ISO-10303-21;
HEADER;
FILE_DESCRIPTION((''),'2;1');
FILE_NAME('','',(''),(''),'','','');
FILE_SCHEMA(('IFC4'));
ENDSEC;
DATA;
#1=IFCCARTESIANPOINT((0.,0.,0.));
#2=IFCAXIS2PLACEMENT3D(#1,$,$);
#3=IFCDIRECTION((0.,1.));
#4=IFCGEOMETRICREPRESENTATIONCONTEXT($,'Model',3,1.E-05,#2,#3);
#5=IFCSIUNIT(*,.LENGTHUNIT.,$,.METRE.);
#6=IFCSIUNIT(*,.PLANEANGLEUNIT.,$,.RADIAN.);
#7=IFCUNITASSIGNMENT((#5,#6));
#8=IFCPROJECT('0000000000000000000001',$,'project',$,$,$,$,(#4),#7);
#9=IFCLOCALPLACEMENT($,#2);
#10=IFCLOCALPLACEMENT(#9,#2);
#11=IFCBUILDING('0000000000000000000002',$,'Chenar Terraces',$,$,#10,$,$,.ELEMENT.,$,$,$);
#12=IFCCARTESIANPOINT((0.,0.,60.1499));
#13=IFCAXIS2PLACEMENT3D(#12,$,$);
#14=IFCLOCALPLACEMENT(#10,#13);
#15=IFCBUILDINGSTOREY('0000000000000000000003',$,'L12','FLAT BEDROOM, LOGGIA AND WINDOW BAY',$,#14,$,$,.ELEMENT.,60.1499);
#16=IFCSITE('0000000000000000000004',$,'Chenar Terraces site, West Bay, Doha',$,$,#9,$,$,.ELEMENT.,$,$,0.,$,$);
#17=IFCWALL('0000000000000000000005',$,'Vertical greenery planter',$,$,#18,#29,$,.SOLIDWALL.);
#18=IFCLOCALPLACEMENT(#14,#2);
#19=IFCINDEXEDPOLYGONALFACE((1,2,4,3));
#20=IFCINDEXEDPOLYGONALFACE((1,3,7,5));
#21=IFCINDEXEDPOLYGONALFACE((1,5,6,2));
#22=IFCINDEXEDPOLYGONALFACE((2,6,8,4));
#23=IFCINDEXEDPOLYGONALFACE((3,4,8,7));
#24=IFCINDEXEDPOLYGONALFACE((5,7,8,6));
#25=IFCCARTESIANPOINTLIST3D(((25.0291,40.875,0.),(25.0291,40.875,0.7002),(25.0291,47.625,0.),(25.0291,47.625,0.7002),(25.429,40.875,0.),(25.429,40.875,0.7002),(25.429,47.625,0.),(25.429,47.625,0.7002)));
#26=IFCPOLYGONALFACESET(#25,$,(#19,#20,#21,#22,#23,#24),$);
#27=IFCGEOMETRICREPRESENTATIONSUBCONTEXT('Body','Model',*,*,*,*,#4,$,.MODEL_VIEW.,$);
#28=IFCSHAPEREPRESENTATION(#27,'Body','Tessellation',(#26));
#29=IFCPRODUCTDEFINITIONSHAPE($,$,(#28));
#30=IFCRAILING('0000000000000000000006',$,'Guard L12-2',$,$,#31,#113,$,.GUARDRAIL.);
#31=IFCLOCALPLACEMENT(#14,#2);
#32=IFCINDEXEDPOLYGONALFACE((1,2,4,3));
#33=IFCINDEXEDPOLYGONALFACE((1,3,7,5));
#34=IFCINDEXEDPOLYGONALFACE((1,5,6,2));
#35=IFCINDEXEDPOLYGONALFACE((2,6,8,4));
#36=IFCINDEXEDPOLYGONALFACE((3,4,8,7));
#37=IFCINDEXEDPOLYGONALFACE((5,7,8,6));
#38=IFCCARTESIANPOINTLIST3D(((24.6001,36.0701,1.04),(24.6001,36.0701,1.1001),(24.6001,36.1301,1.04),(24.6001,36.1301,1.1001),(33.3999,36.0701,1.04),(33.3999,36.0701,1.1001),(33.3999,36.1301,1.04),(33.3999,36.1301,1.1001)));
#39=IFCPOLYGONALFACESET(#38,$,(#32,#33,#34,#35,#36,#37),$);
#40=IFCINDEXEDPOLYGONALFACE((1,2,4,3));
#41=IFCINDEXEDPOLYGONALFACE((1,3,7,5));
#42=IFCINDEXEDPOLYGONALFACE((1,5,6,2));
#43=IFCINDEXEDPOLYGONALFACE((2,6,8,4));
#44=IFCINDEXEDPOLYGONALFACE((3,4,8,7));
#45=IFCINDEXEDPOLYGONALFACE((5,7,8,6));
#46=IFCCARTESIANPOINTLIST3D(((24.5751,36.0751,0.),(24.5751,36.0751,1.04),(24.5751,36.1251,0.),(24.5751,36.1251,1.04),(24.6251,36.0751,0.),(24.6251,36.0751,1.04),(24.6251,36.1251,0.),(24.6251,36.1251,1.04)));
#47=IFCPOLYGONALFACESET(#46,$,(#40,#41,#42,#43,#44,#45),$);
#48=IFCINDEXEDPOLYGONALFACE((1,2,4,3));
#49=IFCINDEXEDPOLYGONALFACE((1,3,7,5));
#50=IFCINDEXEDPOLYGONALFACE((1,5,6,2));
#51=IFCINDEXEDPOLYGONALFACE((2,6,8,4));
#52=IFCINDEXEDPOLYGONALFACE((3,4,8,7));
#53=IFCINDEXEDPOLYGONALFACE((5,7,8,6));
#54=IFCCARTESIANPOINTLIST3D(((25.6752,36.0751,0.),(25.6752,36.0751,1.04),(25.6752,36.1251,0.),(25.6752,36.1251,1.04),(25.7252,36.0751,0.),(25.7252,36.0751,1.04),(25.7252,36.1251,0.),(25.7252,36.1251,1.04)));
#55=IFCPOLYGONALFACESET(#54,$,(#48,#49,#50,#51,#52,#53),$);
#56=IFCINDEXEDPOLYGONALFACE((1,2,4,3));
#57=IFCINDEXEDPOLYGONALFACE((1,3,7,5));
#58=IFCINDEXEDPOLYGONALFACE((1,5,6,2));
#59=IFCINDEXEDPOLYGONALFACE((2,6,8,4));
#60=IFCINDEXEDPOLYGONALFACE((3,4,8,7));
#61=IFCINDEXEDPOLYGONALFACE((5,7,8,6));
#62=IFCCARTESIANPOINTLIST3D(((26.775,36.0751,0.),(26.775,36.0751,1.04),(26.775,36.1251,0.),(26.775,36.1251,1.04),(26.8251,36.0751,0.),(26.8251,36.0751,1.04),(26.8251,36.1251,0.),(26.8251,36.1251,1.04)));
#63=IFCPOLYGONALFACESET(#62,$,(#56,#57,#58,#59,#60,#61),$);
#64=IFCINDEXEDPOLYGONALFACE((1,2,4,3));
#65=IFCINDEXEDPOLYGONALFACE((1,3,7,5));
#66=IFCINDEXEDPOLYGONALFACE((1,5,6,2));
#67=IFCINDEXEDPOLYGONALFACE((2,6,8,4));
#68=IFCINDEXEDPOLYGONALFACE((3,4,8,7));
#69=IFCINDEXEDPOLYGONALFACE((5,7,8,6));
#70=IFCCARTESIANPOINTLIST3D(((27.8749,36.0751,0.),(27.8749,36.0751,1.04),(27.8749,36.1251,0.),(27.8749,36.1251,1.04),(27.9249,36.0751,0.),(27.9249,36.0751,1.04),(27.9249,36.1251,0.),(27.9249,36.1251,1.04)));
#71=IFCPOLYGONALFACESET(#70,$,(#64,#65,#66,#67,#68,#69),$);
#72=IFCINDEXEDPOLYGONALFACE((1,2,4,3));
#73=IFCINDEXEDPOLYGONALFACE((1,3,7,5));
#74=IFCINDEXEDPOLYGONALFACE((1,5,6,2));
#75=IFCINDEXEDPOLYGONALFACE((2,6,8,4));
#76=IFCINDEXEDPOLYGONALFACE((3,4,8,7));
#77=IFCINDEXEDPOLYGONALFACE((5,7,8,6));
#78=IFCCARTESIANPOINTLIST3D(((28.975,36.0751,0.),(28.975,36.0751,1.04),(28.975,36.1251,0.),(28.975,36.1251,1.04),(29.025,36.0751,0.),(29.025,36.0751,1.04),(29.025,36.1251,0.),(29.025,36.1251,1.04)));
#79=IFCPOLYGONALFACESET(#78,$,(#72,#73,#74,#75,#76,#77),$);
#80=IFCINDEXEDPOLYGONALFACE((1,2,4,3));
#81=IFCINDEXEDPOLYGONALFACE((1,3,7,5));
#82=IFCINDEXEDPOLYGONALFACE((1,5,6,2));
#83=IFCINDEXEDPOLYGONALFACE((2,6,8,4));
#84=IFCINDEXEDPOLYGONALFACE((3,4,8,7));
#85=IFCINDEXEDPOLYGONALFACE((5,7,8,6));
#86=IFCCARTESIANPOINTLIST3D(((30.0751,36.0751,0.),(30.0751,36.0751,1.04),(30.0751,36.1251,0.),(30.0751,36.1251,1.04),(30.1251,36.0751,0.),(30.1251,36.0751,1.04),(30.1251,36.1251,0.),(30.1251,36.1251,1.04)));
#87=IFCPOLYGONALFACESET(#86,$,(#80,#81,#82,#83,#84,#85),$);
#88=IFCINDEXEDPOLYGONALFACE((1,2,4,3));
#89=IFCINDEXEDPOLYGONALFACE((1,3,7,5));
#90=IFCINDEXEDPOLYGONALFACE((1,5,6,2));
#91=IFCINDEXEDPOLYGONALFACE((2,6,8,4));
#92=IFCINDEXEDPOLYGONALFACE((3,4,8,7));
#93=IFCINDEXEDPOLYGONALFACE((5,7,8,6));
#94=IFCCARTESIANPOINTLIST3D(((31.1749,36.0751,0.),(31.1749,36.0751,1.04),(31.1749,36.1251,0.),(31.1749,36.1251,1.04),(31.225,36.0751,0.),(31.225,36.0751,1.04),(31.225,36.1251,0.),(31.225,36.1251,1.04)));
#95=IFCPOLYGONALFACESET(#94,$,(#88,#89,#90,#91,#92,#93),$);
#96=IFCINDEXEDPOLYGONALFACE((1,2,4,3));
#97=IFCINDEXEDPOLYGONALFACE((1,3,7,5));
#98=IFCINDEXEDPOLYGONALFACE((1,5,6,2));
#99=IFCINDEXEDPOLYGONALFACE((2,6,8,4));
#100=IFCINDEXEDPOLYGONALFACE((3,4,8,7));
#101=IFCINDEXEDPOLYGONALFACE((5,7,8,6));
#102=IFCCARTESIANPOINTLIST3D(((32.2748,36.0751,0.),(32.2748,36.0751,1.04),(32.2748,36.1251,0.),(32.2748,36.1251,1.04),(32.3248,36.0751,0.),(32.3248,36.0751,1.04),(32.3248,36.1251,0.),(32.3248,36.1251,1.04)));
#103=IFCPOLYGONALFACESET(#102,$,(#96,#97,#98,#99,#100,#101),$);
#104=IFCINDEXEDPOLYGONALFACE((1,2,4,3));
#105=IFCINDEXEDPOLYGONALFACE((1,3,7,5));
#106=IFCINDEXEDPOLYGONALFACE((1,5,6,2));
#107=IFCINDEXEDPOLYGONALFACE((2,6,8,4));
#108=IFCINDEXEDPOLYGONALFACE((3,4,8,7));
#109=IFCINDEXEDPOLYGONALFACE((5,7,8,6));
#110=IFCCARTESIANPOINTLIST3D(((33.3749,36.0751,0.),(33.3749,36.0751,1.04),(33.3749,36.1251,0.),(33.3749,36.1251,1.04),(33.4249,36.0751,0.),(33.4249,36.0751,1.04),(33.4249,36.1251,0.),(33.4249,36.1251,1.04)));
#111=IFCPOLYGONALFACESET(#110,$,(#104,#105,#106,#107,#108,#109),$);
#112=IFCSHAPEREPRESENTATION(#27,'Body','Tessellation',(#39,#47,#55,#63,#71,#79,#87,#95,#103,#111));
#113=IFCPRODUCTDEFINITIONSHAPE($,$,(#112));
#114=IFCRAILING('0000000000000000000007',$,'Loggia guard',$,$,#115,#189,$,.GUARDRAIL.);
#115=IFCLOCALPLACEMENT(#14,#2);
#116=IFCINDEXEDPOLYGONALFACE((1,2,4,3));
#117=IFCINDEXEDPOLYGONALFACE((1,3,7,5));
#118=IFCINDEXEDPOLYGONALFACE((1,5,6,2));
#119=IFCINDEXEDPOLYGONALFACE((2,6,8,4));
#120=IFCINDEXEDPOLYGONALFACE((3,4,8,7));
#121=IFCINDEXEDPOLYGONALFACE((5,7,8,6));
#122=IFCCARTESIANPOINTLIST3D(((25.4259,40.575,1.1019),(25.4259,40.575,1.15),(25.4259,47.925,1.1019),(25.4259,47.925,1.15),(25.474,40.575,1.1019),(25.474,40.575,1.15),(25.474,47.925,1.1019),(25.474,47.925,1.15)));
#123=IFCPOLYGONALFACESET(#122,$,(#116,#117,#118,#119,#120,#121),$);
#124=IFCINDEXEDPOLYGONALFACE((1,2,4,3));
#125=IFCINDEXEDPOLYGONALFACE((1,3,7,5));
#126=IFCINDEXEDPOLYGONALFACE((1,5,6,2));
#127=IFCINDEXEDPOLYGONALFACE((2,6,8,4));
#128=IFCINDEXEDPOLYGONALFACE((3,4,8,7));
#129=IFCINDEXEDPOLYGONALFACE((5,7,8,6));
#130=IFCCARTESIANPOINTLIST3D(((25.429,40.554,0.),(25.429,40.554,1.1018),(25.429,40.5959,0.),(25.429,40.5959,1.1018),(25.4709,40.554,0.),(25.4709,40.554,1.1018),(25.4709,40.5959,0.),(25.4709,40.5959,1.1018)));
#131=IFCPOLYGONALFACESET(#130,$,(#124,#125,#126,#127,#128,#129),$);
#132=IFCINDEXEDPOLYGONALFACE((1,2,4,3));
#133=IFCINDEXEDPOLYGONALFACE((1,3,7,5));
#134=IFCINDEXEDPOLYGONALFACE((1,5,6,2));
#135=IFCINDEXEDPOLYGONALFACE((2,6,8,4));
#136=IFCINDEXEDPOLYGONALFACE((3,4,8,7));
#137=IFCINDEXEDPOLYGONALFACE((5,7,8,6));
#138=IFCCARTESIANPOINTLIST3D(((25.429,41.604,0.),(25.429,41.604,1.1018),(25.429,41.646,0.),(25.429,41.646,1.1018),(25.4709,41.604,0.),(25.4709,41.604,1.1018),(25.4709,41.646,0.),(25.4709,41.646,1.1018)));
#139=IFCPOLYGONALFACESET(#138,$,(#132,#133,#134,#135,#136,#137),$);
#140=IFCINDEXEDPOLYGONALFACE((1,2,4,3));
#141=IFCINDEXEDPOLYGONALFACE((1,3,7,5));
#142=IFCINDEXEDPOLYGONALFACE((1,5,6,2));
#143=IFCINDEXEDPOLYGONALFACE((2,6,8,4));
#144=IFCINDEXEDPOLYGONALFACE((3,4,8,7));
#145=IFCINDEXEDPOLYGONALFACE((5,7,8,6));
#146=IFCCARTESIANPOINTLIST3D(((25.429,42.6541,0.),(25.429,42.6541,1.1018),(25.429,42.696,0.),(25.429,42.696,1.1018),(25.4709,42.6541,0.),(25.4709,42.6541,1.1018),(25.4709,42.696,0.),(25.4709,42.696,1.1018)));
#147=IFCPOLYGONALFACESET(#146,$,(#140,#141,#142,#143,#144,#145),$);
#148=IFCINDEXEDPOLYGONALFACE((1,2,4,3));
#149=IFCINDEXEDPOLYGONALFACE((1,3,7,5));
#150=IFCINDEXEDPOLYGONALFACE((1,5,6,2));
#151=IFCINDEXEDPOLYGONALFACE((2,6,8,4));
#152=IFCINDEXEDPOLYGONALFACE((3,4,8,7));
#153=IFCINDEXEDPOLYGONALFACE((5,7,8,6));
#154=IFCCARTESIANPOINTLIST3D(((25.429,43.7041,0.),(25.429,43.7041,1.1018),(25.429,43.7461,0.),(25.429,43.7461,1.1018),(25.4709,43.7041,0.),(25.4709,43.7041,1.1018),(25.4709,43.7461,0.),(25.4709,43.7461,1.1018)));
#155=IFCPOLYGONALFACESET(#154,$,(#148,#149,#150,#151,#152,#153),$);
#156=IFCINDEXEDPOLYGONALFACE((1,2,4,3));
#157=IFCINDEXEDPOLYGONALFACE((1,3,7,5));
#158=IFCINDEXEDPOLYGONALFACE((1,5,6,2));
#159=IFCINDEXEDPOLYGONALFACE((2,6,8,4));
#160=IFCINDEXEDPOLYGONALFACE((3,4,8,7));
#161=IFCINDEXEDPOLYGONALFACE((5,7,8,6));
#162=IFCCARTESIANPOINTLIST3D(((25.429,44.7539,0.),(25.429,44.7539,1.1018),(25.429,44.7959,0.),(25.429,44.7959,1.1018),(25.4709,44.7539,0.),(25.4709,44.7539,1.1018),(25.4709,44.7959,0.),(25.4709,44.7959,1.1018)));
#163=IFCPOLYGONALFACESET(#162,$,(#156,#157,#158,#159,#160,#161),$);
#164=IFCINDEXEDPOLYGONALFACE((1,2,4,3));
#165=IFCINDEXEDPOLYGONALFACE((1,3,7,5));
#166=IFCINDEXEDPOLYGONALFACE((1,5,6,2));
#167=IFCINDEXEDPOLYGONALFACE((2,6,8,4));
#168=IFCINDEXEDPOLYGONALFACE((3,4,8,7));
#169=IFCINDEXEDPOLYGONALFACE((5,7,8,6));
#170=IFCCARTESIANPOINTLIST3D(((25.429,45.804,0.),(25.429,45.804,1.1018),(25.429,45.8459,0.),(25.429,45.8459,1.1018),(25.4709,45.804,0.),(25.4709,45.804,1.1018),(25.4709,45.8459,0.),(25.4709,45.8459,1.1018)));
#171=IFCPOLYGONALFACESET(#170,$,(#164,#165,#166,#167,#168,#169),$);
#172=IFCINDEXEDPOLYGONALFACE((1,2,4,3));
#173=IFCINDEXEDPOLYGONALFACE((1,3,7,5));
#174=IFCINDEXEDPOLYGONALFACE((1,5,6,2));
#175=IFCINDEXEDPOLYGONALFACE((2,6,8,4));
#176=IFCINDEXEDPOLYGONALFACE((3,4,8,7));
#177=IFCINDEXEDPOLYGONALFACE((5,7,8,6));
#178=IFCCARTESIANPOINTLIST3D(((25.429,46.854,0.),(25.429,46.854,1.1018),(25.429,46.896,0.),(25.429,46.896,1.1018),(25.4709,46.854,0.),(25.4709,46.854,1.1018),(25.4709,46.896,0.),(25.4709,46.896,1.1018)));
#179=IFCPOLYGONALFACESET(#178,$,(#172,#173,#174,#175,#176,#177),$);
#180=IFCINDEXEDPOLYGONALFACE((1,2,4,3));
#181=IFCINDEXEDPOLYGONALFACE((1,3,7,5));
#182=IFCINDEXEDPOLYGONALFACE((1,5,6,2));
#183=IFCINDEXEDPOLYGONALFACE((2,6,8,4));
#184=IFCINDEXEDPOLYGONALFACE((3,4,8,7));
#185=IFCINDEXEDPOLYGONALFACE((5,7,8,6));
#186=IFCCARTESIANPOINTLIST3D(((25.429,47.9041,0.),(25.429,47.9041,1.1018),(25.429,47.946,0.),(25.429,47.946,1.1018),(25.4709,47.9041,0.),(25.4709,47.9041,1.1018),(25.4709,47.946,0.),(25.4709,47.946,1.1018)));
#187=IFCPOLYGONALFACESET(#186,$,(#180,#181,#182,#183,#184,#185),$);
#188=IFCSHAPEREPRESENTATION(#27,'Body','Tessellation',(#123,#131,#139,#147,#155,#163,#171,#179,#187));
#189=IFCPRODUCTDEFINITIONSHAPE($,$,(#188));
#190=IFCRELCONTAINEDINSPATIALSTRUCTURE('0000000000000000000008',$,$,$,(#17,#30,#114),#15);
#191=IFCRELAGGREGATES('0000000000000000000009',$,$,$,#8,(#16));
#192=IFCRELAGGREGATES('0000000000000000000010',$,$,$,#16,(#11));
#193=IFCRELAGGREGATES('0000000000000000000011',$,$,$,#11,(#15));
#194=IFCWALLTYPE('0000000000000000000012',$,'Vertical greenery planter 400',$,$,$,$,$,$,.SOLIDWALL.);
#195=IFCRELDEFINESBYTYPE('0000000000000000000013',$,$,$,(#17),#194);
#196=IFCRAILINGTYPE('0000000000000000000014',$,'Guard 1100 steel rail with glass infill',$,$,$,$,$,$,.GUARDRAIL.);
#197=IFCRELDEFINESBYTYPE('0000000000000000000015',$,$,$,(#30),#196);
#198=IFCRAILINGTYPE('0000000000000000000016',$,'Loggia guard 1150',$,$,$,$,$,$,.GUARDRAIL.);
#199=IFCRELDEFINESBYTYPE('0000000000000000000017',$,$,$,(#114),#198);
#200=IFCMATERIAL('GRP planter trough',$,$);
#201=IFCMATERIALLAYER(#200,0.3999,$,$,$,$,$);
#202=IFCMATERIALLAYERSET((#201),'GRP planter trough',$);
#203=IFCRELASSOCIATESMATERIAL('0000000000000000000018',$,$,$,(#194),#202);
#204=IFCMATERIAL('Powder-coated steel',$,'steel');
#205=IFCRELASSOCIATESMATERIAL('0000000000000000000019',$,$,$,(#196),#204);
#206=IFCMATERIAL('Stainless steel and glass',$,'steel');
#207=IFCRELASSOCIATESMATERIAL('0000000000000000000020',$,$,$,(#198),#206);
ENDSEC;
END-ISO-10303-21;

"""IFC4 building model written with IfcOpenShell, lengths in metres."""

from ifc_helpers import new_model, si_unit, direction, frame, frame_2d, origin, origin_2d, place, context, subcontext, project, spatial, rectangle, extrude, material, layer, layer_set, type_object, element, save


model = new_model("IFC4")

# Units and contexts
model_context = context("Model", 3, precision=1e-05, world=origin(), true_north=direction((0.0, 1.0)))
body_context = subcontext(model_context, "Body", "Model", "MODEL_VIEW")
ifc_project = project(units=[si_unit("LENGTHUNIT", "METRE"), si_unit("PLANEANGLEUNIT", "RADIAN")], contexts=[model_context])

# Site, building, storey
site_placement = place(None, origin())
site = spatial("IfcSite", under=ifc_project, at=site_placement, Name="Chenar Terraces site, West Bay, Doha", CompositionType="ELEMENT", RefElevation=0.0)
building_placement = place(site_placement, origin())
building = spatial("IfcBuilding", under=site, at=building_placement, Name="Chenar Terraces", CompositionType="ELEMENT")
storey_placement = place(building_placement, frame((0.0, 0.0, 60.1499)))
storey = spatial("IfcBuildingStorey", under=building, at=storey_placement, Name="L12", Description="FLAT BEDROOM, LOGGIA AND WINDOW BAY", CompositionType="ELEMENT", Elevation=60.1499)

# Wall
ifc_material_1 = material(Name="GRP planter trough")
ifc_layer_1 = layer(ifc_material_1, 0.3999)
ifc_layer_set_1 = layer_set([ifc_layer_1], Name="GRP planter trough")
wall_type_1 = type_object("IfcWallType", Name="Vertical greenery planter 400", PredefinedType="SOLIDWALL", material=ifc_layer_set_1)
wall_1_placement = place(storey_placement, frame((25.229, 40.875, 0.0), z_axis=(0.0, 0.0, 1.0), x_axis=(0.0, 1.0, 0.0)))
element("IfcWall", 1, at=wall_1_placement, inside=storey, type_object=wall_type_1, Name="Vertical greenery planter", PredefinedType="SOLIDWALL", context=body_context, shape_type="SweptSolid", body=[
    extrude(rectangle(XDim=6.75, YDim=0.3999, at=frame_2d((3.375, 0.0))), origin(), (0.0, 0.0, 1.0), 0.7002),
])

# Railings
ifc_material_2 = material(Name="Powder-coated steel", Category="steel")
railing_type_1 = type_object("IfcRailingType", Name="Guard 1100 steel rail with glass infill", PredefinedType="GUARDRAIL", material=ifc_material_2)
railing_1_placement = place(storey_placement, frame((24.6001, 36.1001, 0.0)))
element("IfcRailing", 2, at=railing_1_placement, inside=storey, type_object=railing_type_1, Name="Guard L12-2", PredefinedType="GUARDRAIL", context=body_context, shape_type="SweptSolid", body=[
    extrude(rectangle(XDim=0.0601, YDim=0.0601, at=origin_2d()), frame((0.0, 0.0, 1.0701), z_axis=(1.0, 0.0, 0.0), x_axis=(0.0, 1.0, 0.0)), (0.0, 0.0, 1.0), 8.7998),
    extrude(rectangle(XDim=0.05, YDim=0.05, at=origin_2d()), origin(), (0.0, 0.0, 1.0), 1.04),
    extrude(rectangle(XDim=0.05, YDim=0.05, at=origin_2d()), frame((1.1001, 0.0, 0.0)), (0.0, 0.0, 1.0), 1.04),
    extrude(rectangle(XDim=0.05, YDim=0.05, at=origin_2d()), frame((2.2, 0.0, 0.0)), (0.0, 0.0, 1.0), 1.04),
    extrude(rectangle(XDim=0.05, YDim=0.05, at=origin_2d()), frame((3.2998, 0.0, 0.0)), (0.0, 0.0, 1.0), 1.04),
    extrude(rectangle(XDim=0.05, YDim=0.05, at=origin_2d()), frame((4.3999, 0.0, 0.0)), (0.0, 0.0, 1.0), 1.04),
    extrude(rectangle(XDim=0.05, YDim=0.05, at=origin_2d()), frame((5.5, 0.0, 0.0)), (0.0, 0.0, 1.0), 1.04),
    extrude(rectangle(XDim=0.05, YDim=0.05, at=origin_2d()), frame((6.5999, 0.0, 0.0)), (0.0, 0.0, 1.0), 1.04),
    extrude(rectangle(XDim=0.05, YDim=0.05, at=origin_2d()), frame((7.6997, 0.0, 0.0)), (0.0, 0.0, 1.0), 1.04),
    extrude(rectangle(XDim=0.05, YDim=0.05, at=origin_2d()), frame((8.7998, 0.0, 0.0)), (0.0, 0.0, 1.0), 1.04),
])
ifc_material_3 = material(Name="Stainless steel and glass", Category="steel")
railing_type_2 = type_object("IfcRailingType", Name="Loggia guard 1150", PredefinedType="GUARDRAIL", material=ifc_material_3)
railing_2_placement = place(storey_placement, frame((25.45, 40.575, 0.0)))
element("IfcRailing", 3, at=railing_2_placement, inside=storey, type_object=railing_type_2, Name="Loggia guard", PredefinedType="GUARDRAIL", context=body_context, shape_type="SweptSolid", body=[
    extrude(rectangle(XDim=0.0481, YDim=0.0481, at=origin_2d()), frame((0.0, 0.0, 1.126), z_axis=(0.0, 1.0, 0.0), x_axis=(-1.0, 0.0, 0.0)), (0.0, 0.0, 1.0), 7.3501),
    extrude(rectangle(XDim=0.042, YDim=0.042, at=origin_2d()), origin(), (0.0, 0.0, 1.0), 1.1018),
    extrude(rectangle(XDim=0.042, YDim=0.042, at=origin_2d()), frame((0.0, 1.05, 0.0)), (0.0, 0.0, 1.0), 1.1018),
    extrude(rectangle(XDim=0.042, YDim=0.042, at=origin_2d()), frame((0.0, 2.1001, 0.0)), (0.0, 0.0, 1.0), 1.1018),
    extrude(rectangle(XDim=0.042, YDim=0.042, at=origin_2d()), frame((0.0, 3.1501, 0.0)), (0.0, 0.0, 1.0), 1.1018),
    extrude(rectangle(XDim=0.042, YDim=0.042, at=origin_2d()), frame((0.0, 4.2, 0.0)), (0.0, 0.0, 1.0), 1.1018),
    extrude(rectangle(XDim=0.042, YDim=0.042, at=origin_2d()), frame((0.0, 5.25, 0.0)), (0.0, 0.0, 1.0), 1.1018),
    extrude(rectangle(XDim=0.042, YDim=0.042, at=origin_2d()), frame((0.0, 6.3, 0.0)), (0.0, 0.0, 1.0), 1.1018),
    extrude(rectangle(XDim=0.042, YDim=0.042, at=origin_2d()), frame((0.0, 7.3501, 0.0)), (0.0, 0.0, 1.0), 1.1018),
])

save(model, "model.ifc")
